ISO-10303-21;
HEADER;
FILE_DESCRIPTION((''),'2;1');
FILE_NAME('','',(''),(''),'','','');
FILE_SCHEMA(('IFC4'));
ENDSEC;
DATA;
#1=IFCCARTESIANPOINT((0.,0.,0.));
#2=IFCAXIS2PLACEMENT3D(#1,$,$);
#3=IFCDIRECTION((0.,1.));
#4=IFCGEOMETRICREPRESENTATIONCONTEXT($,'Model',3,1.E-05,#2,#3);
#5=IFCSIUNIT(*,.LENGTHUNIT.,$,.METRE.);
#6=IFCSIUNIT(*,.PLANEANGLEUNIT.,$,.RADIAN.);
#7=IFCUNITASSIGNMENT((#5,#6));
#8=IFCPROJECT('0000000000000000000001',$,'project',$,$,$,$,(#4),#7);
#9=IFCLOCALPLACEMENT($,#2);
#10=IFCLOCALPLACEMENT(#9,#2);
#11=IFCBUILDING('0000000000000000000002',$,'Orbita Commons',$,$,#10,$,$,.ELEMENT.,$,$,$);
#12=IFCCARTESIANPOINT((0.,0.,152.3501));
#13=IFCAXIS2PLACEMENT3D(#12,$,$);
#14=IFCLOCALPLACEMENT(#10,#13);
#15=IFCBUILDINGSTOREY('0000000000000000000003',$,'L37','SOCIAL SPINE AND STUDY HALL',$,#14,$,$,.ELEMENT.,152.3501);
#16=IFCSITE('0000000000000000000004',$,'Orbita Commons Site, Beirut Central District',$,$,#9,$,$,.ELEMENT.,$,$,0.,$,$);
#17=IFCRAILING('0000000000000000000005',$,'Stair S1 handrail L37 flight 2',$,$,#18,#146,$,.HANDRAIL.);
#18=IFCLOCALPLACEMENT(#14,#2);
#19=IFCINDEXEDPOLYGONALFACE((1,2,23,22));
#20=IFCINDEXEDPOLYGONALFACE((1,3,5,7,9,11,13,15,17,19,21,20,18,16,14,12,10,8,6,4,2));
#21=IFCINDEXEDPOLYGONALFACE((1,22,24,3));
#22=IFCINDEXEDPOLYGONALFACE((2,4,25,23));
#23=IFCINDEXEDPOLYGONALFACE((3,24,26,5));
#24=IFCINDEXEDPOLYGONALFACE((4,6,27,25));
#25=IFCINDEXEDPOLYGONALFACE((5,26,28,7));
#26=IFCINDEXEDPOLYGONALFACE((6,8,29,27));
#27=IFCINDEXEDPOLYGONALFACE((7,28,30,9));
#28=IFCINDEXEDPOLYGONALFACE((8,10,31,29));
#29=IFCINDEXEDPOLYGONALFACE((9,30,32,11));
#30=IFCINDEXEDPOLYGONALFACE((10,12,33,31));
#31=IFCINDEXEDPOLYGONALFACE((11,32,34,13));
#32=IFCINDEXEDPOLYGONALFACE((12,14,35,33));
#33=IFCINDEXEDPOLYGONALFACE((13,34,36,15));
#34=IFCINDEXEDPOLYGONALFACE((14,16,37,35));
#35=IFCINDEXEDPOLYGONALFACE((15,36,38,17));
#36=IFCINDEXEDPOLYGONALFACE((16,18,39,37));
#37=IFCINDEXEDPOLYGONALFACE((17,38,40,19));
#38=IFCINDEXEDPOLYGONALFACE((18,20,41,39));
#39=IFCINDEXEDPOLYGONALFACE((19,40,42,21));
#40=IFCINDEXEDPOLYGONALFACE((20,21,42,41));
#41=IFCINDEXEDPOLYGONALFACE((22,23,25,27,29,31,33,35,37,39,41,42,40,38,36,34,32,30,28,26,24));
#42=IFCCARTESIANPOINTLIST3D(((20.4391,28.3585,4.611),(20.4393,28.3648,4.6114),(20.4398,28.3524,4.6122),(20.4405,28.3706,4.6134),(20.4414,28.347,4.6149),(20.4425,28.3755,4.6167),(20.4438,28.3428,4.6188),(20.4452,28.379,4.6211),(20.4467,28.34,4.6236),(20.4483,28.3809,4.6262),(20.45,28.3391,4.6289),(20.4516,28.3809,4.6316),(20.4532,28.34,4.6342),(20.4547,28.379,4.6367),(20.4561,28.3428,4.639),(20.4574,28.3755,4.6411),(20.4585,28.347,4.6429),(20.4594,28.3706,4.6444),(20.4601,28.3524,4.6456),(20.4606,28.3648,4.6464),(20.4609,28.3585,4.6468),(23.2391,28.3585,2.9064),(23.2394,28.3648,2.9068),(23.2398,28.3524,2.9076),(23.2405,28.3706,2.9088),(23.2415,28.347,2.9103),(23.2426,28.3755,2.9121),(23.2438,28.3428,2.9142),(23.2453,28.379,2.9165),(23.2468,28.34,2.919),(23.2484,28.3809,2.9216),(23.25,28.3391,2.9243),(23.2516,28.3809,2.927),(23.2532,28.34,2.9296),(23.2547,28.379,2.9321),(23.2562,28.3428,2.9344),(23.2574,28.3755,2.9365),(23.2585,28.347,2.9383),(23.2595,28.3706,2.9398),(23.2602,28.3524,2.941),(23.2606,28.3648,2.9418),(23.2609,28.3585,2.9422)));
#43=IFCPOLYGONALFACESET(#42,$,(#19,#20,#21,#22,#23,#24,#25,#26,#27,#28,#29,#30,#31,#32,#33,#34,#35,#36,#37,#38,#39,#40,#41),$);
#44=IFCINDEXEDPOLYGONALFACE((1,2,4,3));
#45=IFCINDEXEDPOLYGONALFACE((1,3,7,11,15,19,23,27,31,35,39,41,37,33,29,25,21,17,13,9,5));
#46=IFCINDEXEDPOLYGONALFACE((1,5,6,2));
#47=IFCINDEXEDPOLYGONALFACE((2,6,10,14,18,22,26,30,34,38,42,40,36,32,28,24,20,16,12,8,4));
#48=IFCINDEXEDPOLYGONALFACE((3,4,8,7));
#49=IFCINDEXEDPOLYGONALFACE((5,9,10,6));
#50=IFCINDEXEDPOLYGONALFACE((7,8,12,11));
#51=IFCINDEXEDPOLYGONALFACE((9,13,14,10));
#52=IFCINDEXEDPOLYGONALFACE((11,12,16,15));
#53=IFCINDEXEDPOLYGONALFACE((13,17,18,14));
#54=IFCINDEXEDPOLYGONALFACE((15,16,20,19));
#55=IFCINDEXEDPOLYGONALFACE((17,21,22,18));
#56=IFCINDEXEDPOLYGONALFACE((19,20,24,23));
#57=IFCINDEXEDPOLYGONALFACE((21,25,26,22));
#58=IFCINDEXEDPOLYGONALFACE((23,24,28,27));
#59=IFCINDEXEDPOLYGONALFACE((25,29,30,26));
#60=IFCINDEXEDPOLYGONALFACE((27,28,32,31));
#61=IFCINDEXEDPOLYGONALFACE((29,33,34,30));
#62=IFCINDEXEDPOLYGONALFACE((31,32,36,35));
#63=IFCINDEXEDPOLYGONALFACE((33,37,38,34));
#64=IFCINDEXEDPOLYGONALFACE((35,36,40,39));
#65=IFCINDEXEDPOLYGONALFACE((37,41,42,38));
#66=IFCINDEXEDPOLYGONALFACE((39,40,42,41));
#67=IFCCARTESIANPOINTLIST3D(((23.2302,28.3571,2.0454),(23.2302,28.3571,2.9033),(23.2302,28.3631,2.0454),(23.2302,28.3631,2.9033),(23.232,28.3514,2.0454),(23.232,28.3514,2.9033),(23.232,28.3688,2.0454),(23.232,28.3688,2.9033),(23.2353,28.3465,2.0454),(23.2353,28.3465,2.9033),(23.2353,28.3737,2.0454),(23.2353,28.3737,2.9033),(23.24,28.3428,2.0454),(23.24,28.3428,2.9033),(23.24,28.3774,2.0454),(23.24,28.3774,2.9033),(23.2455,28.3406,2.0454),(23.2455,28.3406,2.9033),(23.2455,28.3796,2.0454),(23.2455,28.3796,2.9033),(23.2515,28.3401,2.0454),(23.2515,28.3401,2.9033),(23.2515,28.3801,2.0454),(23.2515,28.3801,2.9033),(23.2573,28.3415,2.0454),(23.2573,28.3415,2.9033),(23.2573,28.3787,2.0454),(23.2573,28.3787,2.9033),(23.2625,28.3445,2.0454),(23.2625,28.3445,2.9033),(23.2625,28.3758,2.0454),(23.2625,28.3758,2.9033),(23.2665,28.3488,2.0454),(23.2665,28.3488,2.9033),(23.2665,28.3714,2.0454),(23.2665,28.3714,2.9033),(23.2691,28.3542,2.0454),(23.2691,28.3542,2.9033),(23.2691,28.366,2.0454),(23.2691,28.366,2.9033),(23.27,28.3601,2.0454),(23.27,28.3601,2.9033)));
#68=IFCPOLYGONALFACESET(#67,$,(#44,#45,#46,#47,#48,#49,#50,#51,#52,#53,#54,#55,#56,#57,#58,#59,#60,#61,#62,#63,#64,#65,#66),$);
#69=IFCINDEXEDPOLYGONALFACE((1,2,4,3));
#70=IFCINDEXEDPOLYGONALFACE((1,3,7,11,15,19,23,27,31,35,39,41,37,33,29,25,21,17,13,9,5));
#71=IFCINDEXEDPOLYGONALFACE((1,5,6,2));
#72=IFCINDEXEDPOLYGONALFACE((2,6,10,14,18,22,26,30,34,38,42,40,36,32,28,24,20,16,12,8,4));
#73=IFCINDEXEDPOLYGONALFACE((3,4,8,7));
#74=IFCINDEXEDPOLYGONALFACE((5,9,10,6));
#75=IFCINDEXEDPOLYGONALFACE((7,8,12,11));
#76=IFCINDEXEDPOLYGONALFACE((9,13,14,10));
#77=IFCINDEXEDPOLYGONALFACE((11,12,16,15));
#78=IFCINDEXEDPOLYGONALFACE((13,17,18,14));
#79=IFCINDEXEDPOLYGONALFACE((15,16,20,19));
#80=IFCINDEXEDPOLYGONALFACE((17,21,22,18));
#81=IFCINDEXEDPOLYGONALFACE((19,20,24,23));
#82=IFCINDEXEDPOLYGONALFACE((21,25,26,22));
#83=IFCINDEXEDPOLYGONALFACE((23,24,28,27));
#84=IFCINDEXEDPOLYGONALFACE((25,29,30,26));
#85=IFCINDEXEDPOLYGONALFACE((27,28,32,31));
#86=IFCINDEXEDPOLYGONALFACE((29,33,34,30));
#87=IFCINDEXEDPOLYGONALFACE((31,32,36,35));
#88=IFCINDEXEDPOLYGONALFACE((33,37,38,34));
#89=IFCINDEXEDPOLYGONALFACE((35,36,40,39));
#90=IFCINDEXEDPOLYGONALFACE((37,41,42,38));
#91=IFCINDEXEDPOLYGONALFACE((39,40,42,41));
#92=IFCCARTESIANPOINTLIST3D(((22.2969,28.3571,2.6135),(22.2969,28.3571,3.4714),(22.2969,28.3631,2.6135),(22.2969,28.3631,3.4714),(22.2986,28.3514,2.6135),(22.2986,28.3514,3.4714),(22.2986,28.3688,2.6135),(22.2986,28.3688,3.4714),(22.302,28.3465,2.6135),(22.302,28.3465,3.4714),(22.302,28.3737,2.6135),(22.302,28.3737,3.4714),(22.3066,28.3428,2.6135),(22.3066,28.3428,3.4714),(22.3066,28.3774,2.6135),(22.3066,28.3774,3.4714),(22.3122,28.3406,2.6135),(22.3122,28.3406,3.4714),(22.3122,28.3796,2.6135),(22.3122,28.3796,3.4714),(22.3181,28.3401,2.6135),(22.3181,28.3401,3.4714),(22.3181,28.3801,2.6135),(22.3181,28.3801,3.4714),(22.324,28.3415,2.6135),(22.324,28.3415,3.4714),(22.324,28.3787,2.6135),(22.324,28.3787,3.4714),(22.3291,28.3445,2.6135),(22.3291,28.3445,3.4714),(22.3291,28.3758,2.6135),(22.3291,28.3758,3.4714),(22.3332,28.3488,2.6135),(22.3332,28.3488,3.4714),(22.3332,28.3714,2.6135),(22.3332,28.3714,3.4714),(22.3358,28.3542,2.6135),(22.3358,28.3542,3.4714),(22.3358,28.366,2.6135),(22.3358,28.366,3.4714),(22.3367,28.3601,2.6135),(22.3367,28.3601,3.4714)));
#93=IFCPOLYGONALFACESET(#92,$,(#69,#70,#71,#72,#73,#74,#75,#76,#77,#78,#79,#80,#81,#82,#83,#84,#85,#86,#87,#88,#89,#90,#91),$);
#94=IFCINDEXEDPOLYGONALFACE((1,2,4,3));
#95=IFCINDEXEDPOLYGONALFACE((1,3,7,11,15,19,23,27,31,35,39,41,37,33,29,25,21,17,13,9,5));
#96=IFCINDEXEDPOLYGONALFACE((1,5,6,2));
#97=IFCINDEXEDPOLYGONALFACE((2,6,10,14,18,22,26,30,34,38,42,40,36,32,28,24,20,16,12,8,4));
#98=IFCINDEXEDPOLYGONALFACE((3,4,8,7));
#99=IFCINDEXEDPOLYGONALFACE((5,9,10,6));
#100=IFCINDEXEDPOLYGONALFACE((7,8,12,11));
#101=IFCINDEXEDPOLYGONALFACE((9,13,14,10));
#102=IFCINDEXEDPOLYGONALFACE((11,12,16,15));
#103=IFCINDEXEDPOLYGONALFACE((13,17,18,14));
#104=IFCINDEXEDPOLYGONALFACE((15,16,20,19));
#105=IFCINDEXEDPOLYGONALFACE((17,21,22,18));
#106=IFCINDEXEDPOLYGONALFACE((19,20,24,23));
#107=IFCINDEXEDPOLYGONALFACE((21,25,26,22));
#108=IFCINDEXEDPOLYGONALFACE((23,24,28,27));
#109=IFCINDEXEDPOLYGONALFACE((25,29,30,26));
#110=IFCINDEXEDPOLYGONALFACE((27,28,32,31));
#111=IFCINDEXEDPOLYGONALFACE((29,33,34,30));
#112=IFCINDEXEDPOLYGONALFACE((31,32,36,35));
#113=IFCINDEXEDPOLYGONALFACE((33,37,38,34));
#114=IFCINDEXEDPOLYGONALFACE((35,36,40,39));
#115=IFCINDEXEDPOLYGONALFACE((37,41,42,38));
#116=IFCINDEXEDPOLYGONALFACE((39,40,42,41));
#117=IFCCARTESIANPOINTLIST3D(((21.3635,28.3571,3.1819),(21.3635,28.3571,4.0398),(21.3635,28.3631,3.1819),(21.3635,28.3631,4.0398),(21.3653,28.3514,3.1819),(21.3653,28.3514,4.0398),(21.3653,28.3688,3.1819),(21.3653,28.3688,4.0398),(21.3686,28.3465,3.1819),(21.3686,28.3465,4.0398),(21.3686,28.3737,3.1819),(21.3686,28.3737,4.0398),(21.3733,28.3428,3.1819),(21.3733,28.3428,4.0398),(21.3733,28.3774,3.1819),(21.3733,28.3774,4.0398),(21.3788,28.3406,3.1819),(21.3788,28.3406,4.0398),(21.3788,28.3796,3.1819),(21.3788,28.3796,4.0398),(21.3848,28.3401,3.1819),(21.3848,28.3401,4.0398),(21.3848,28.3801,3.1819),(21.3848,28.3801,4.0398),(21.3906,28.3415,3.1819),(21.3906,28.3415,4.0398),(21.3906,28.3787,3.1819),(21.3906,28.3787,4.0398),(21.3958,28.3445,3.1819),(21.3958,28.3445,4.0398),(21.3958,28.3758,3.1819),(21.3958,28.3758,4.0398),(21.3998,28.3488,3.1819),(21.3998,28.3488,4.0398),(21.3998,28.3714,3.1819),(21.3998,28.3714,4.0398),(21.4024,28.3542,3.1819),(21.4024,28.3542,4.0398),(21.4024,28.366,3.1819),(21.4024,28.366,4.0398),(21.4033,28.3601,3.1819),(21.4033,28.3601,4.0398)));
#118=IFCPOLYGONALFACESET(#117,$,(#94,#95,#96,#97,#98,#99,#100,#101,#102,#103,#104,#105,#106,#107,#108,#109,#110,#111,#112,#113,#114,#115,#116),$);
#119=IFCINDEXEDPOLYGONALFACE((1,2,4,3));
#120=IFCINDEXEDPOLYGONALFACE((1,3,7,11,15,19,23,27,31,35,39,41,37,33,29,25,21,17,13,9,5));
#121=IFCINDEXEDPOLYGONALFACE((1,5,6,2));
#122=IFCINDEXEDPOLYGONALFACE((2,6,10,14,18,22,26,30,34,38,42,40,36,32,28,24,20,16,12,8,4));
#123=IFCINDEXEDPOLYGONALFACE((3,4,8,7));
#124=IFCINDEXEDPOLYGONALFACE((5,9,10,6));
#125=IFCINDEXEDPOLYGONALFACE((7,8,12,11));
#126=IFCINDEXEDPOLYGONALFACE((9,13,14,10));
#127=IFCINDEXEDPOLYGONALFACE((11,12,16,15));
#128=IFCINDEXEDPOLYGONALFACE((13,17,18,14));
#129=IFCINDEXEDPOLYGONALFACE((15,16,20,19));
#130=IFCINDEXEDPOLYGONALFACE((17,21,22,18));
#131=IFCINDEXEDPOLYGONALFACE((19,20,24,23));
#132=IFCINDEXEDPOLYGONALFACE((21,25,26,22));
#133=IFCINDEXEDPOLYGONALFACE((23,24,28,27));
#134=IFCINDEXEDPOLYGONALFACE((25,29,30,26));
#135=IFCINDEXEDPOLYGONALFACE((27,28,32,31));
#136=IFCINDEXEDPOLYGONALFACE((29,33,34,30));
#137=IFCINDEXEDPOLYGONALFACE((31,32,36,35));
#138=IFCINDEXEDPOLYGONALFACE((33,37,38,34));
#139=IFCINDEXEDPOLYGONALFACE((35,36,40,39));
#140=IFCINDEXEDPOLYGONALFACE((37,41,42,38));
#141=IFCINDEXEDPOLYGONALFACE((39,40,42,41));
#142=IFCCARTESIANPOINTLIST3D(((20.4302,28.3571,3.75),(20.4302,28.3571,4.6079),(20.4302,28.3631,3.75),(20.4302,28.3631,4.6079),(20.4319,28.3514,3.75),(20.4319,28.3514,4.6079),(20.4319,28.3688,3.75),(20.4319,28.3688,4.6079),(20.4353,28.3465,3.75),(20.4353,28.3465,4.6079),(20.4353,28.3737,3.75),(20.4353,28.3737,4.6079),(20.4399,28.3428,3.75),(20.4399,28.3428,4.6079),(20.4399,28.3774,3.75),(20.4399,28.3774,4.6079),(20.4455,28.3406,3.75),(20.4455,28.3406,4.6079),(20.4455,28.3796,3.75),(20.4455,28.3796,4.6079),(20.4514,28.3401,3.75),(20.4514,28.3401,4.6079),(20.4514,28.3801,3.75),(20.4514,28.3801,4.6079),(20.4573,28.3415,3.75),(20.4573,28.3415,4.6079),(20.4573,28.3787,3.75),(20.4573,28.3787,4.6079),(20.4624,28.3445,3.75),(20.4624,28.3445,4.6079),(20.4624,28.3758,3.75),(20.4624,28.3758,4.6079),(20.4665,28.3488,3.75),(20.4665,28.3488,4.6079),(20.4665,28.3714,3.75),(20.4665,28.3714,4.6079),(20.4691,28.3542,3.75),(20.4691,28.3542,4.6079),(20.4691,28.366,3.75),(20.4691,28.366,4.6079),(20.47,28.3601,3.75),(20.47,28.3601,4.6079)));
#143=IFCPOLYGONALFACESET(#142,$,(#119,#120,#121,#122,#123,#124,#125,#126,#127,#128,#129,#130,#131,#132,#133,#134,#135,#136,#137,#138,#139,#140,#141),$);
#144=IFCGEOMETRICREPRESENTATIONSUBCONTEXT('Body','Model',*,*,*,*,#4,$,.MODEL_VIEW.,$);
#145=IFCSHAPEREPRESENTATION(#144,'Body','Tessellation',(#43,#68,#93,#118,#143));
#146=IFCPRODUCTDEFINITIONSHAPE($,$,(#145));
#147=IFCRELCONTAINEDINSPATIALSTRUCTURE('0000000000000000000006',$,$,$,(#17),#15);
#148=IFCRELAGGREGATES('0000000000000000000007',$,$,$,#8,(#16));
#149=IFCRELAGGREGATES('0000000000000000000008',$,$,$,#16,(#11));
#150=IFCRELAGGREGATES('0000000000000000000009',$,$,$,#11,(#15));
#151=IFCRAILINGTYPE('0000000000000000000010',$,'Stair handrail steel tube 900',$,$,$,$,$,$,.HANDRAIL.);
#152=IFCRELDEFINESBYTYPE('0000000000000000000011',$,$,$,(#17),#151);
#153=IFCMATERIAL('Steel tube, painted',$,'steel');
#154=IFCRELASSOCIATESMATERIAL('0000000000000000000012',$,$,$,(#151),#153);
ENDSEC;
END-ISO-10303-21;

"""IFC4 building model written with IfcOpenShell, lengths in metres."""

from ifc_helpers import new_model, si_unit, direction, frame, origin, origin_2d, place, context, subcontext, project, spatial, circle, extrude, material, type_object, element, save


model = new_model("IFC4")

# Units and contexts
model_context = context("Model", 3, precision=1e-05, world=origin(), true_north=direction((0.0, 1.0)))
body_context = subcontext(model_context, "Body", "Model", "MODEL_VIEW")
ifc_project = project(units=[si_unit("LENGTHUNIT", "METRE"), si_unit("PLANEANGLEUNIT", "RADIAN")], contexts=[model_context])

# Site, building, storey
site_placement = place(None, origin())
site = spatial("IfcSite", under=ifc_project, at=site_placement, Name="Orbita Commons Site, Beirut Central District", CompositionType="ELEMENT", RefElevation=0.0)
building_placement = place(site_placement, origin())
building = spatial("IfcBuilding", under=site, at=building_placement, Name="Orbita Commons", CompositionType="ELEMENT")
storey_placement = place(building_placement, frame((0.0, 0.0, 152.3501)))
storey = spatial("IfcBuildingStorey", under=building, at=storey_placement, Name="L37", Description="SOCIAL SPINE AND STUDY HALL", CompositionType="ELEMENT", Elevation=152.3501)

# Railing
ifc_material_1 = material(Name="Steel tube, painted", Category="steel")
railing_type = type_object("IfcRailingType", Name="Stair handrail steel tube 900", PredefinedType="HANDRAIL", material=ifc_material_1)
railing_placement = place(storey_placement, frame((23.25, 28.3601, 2.0454)))
element("IfcRailing", 1, at=railing_placement, inside=storey, type_object=railing_type, Name="Stair S1 handrail L37 flight 2", PredefinedType="HANDRAIL", context=body_context, shape_type="SweptSolid", body=[
    extrude(circle(Radius=0.021, at=origin_2d()), frame((0.0, 0.0, 0.8789), z_axis=(-0.85417, 0.0, 0.519994), x_axis=(0.0, -1.0, 0.0)), (0.0, 0.0, 1.0), 3.2781),
    extrude(circle(Radius=0.02, at=origin_2d()), origin(), (0.0, 0.0, 1.0), 0.8579),
    extrude(circle(Radius=0.02, at=origin_2d()), frame((-0.9333, 0.0, 0.5681)), (0.0, 0.0, 1.0), 0.8579),
    extrude(circle(Radius=0.02, at=origin_2d()), frame((-1.8667, 0.0, 1.1365)), (0.0, 0.0, 1.0), 0.8579),
    extrude(circle(Radius=0.02, at=origin_2d()), frame((-2.8, 0.0, 1.7046)), (0.0, 0.0, 1.0), 0.8579),
])

save(model, "model.ifc")
